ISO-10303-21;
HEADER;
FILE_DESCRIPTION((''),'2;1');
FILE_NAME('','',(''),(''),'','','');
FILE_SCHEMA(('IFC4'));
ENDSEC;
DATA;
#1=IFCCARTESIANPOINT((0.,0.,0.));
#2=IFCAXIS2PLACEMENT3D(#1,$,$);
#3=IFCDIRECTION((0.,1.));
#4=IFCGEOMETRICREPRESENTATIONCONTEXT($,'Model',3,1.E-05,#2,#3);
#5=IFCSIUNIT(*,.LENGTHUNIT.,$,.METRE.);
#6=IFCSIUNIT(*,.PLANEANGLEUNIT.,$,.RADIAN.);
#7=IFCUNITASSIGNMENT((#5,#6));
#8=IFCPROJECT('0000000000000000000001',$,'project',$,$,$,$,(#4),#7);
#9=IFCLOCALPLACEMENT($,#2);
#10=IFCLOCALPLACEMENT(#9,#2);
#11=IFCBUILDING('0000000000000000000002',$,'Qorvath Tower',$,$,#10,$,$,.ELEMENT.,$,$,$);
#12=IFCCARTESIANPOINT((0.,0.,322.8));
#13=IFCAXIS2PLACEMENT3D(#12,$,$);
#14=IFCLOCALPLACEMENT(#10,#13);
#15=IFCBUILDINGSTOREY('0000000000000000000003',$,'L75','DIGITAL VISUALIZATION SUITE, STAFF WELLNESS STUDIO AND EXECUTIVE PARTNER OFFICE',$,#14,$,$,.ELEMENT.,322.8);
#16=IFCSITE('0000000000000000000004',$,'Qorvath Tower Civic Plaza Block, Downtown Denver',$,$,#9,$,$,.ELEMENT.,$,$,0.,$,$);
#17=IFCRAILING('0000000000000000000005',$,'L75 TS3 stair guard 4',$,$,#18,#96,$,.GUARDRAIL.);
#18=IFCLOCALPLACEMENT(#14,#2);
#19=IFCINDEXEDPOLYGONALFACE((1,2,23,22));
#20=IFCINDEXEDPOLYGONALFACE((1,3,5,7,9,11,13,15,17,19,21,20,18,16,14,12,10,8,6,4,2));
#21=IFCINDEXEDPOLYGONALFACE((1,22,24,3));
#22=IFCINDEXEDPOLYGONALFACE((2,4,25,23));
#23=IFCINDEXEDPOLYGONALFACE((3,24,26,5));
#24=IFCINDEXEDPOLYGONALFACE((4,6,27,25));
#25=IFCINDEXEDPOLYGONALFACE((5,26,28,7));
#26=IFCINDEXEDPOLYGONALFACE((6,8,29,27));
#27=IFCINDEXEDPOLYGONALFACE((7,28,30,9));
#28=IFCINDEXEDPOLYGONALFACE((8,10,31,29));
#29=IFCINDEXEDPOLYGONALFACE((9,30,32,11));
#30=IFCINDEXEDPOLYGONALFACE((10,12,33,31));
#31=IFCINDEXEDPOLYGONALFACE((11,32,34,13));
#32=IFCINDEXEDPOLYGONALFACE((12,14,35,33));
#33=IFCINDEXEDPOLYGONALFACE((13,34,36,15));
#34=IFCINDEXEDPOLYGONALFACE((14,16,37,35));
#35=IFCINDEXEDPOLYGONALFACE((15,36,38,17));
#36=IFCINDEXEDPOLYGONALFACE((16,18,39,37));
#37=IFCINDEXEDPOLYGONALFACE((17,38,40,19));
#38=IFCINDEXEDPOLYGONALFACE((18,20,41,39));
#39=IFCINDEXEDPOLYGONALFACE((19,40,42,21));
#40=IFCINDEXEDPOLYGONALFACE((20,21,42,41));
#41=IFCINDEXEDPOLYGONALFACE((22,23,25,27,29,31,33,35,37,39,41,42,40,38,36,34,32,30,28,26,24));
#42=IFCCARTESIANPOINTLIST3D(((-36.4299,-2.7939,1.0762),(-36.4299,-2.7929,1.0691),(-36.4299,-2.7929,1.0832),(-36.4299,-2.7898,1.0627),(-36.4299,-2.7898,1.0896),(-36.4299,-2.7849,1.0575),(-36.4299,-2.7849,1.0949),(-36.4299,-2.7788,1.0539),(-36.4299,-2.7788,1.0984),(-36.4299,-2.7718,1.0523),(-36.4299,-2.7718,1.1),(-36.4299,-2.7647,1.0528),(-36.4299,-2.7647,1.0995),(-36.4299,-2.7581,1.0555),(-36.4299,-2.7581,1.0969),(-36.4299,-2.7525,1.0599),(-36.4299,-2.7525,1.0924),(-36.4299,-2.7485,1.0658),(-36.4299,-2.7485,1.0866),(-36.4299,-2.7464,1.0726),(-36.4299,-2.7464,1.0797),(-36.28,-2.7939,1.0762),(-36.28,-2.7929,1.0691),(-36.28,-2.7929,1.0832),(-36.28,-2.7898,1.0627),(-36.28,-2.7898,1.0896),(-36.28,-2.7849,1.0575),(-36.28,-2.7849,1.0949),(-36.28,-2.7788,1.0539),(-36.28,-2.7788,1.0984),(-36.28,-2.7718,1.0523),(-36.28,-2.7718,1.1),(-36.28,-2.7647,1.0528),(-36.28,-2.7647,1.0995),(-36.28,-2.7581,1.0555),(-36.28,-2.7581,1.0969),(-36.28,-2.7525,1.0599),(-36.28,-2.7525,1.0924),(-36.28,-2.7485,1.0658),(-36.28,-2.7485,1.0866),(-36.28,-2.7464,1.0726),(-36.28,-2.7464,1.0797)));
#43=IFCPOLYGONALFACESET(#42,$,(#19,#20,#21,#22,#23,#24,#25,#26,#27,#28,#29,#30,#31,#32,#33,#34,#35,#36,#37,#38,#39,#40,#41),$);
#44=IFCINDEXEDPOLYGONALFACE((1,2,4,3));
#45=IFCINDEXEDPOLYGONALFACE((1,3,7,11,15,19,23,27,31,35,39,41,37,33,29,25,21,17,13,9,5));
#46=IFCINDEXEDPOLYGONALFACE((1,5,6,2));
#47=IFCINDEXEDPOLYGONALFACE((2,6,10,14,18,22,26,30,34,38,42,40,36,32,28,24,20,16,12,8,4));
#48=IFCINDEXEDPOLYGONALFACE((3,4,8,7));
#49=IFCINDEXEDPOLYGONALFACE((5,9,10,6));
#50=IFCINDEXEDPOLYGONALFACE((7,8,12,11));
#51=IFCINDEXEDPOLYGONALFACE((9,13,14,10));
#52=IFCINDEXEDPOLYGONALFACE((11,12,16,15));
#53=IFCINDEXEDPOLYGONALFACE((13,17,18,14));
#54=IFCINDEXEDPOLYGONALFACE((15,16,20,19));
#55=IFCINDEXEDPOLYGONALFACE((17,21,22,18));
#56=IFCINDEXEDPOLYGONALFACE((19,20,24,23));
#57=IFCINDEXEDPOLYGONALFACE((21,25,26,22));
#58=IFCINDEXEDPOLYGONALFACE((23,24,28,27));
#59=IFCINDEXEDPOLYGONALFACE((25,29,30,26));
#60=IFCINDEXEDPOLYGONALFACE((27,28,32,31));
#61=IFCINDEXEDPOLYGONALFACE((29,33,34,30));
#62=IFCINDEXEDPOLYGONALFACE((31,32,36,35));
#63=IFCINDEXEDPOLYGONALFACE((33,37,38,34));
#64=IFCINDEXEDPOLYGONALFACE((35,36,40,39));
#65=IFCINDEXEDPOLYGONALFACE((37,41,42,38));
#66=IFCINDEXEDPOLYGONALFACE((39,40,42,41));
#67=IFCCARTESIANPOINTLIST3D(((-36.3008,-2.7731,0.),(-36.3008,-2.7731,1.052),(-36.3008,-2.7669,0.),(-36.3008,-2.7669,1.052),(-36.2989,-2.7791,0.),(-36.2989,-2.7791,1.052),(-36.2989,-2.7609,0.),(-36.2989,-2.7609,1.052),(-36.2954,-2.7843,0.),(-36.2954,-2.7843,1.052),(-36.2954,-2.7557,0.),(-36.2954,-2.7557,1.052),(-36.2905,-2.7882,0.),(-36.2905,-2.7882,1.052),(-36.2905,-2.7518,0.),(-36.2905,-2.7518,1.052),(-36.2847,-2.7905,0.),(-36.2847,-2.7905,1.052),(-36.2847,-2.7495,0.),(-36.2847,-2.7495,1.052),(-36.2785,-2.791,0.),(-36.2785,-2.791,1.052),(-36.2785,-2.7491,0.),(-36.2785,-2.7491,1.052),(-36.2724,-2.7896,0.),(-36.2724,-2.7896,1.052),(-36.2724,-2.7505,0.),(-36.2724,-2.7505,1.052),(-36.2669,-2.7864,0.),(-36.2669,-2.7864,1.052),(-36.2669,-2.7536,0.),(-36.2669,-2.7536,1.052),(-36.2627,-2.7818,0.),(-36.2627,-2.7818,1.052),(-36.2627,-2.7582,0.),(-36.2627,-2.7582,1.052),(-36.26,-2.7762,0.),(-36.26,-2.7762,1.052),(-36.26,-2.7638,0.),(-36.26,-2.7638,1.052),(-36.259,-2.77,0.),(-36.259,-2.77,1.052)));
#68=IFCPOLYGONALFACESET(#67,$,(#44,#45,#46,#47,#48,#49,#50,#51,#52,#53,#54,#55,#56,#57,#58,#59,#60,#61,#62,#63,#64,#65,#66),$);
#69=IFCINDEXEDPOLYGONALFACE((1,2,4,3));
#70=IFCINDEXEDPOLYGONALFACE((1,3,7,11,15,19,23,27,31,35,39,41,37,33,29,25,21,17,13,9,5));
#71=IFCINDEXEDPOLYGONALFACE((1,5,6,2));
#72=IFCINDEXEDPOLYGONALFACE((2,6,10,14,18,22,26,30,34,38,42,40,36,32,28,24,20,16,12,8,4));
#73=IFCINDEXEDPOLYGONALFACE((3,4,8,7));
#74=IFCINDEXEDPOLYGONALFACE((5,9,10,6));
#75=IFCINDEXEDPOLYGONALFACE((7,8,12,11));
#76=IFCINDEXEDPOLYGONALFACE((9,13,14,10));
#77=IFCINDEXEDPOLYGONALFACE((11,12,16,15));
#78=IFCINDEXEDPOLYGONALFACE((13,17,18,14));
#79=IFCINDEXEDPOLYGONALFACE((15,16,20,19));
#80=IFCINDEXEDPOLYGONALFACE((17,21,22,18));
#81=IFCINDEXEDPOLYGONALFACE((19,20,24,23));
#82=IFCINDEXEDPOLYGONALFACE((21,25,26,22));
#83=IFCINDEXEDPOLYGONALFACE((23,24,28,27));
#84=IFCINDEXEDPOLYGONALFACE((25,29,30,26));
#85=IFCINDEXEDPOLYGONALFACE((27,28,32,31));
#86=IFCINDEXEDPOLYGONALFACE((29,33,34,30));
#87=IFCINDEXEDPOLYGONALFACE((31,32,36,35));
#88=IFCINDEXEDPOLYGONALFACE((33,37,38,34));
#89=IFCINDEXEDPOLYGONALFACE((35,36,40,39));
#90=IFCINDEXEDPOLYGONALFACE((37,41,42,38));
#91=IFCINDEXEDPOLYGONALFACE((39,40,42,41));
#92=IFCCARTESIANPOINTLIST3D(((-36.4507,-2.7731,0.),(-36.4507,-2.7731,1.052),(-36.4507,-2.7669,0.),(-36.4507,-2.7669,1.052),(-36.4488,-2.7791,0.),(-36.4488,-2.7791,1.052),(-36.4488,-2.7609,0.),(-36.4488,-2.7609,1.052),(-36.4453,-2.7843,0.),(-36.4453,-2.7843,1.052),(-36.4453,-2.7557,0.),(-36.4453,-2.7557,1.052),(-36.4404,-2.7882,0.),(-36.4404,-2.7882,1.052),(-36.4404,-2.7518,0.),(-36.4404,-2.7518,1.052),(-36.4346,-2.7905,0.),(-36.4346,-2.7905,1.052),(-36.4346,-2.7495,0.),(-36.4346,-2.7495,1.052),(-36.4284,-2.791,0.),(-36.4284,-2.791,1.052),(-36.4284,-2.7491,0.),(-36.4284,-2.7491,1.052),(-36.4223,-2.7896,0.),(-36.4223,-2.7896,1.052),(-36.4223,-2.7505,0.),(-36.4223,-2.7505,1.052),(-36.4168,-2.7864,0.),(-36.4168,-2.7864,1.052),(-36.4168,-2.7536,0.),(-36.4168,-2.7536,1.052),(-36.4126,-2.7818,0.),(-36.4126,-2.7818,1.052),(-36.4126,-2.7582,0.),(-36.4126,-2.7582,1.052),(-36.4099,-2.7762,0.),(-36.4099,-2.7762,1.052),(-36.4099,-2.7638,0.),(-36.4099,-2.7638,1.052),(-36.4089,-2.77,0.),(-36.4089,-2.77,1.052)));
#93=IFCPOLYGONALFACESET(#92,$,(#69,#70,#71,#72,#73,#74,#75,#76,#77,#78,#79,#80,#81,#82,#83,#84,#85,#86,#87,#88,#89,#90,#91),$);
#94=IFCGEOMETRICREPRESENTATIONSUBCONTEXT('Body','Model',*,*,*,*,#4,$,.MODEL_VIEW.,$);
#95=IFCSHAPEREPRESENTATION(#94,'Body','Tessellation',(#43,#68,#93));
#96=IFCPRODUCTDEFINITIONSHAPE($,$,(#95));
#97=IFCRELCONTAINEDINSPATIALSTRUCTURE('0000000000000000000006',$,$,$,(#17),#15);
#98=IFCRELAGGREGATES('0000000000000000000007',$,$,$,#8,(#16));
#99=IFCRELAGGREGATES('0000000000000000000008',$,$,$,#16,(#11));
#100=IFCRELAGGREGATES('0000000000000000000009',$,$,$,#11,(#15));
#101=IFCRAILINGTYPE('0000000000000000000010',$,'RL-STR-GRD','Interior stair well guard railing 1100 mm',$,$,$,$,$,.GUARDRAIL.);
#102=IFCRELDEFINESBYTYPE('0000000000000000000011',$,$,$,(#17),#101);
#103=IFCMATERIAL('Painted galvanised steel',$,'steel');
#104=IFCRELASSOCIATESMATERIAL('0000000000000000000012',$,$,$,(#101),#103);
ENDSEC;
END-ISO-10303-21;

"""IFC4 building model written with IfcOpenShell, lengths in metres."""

from ifc_helpers import new_model, si_unit, direction, frame, origin, origin_2d, place, context, subcontext, project, spatial, circle, extrude, material, type_object, element, save


model = new_model("IFC4")

# Units and contexts
model_context = context("Model", 3, precision=1e-05, world=origin(), true_north=direction((0.0, 1.0)))
body_context = subcontext(model_context, "Body", "Model", "MODEL_VIEW")
ifc_project = project(units=[si_unit("LENGTHUNIT", "METRE"), si_unit("PLANEANGLEUNIT", "RADIAN")], contexts=[model_context])

# Site, building, storey
site_placement = place(None, origin())
site = spatial("IfcSite", under=ifc_project, at=site_placement, Name="Qorvath Tower Civic Plaza Block, Downtown Denver", CompositionType="ELEMENT", RefElevation=0.0)
building_placement = place(site_placement, origin())
building = spatial("IfcBuilding", under=site, at=building_placement, Name="Qorvath Tower", CompositionType="ELEMENT")
storey_placement = place(building_placement, frame((0.0, 0.0, 322.8)))
storey = spatial("IfcBuildingStorey", under=building, at=storey_placement, Name="L75", Description="DIGITAL VISUALIZATION SUITE, STAFF WELLNESS STUDIO AND EXECUTIVE PARTNER OFFICE", CompositionType="ELEMENT", Elevation=322.8)

# Railing
ifc_material_1 = material(Name="Painted galvanised steel", Category="steel")
railing_type_1 = type_object("IfcRailingType", Name="RL-STR-GRD", Description="Interior stair well guard railing 1100 mm", PredefinedType="GUARDRAIL", material=ifc_material_1)
railing_1_placement = place(storey_placement, frame((-36.28, -2.77, 0.0)))
element("IfcRailing", 1, at=railing_1_placement, inside=storey, type_object=railing_type_1, Name="L75 TS3 stair guard 4", PredefinedType="GUARDRAIL", context=body_context, shape_type="SweptSolid", body=[
    extrude(circle(Radius=0.0239, at=origin_2d()), frame((0.0, 0.0, 1.0762), z_axis=(-1.0, 0.0, 0.0), x_axis=(0.0, -1.0, 0.0)), (0.0, 0.0, 1.0), 0.1499),
    extrude(circle(Radius=0.021, at=origin_2d()), origin(), (0.0, 0.0, 1.0), 1.052),
    extrude(circle(Radius=0.021, at=origin_2d()), frame((-0.1499, 0.0, 0.0)), (0.0, 0.0, 1.0), 1.052),
])

save(model, "model.ifc")
